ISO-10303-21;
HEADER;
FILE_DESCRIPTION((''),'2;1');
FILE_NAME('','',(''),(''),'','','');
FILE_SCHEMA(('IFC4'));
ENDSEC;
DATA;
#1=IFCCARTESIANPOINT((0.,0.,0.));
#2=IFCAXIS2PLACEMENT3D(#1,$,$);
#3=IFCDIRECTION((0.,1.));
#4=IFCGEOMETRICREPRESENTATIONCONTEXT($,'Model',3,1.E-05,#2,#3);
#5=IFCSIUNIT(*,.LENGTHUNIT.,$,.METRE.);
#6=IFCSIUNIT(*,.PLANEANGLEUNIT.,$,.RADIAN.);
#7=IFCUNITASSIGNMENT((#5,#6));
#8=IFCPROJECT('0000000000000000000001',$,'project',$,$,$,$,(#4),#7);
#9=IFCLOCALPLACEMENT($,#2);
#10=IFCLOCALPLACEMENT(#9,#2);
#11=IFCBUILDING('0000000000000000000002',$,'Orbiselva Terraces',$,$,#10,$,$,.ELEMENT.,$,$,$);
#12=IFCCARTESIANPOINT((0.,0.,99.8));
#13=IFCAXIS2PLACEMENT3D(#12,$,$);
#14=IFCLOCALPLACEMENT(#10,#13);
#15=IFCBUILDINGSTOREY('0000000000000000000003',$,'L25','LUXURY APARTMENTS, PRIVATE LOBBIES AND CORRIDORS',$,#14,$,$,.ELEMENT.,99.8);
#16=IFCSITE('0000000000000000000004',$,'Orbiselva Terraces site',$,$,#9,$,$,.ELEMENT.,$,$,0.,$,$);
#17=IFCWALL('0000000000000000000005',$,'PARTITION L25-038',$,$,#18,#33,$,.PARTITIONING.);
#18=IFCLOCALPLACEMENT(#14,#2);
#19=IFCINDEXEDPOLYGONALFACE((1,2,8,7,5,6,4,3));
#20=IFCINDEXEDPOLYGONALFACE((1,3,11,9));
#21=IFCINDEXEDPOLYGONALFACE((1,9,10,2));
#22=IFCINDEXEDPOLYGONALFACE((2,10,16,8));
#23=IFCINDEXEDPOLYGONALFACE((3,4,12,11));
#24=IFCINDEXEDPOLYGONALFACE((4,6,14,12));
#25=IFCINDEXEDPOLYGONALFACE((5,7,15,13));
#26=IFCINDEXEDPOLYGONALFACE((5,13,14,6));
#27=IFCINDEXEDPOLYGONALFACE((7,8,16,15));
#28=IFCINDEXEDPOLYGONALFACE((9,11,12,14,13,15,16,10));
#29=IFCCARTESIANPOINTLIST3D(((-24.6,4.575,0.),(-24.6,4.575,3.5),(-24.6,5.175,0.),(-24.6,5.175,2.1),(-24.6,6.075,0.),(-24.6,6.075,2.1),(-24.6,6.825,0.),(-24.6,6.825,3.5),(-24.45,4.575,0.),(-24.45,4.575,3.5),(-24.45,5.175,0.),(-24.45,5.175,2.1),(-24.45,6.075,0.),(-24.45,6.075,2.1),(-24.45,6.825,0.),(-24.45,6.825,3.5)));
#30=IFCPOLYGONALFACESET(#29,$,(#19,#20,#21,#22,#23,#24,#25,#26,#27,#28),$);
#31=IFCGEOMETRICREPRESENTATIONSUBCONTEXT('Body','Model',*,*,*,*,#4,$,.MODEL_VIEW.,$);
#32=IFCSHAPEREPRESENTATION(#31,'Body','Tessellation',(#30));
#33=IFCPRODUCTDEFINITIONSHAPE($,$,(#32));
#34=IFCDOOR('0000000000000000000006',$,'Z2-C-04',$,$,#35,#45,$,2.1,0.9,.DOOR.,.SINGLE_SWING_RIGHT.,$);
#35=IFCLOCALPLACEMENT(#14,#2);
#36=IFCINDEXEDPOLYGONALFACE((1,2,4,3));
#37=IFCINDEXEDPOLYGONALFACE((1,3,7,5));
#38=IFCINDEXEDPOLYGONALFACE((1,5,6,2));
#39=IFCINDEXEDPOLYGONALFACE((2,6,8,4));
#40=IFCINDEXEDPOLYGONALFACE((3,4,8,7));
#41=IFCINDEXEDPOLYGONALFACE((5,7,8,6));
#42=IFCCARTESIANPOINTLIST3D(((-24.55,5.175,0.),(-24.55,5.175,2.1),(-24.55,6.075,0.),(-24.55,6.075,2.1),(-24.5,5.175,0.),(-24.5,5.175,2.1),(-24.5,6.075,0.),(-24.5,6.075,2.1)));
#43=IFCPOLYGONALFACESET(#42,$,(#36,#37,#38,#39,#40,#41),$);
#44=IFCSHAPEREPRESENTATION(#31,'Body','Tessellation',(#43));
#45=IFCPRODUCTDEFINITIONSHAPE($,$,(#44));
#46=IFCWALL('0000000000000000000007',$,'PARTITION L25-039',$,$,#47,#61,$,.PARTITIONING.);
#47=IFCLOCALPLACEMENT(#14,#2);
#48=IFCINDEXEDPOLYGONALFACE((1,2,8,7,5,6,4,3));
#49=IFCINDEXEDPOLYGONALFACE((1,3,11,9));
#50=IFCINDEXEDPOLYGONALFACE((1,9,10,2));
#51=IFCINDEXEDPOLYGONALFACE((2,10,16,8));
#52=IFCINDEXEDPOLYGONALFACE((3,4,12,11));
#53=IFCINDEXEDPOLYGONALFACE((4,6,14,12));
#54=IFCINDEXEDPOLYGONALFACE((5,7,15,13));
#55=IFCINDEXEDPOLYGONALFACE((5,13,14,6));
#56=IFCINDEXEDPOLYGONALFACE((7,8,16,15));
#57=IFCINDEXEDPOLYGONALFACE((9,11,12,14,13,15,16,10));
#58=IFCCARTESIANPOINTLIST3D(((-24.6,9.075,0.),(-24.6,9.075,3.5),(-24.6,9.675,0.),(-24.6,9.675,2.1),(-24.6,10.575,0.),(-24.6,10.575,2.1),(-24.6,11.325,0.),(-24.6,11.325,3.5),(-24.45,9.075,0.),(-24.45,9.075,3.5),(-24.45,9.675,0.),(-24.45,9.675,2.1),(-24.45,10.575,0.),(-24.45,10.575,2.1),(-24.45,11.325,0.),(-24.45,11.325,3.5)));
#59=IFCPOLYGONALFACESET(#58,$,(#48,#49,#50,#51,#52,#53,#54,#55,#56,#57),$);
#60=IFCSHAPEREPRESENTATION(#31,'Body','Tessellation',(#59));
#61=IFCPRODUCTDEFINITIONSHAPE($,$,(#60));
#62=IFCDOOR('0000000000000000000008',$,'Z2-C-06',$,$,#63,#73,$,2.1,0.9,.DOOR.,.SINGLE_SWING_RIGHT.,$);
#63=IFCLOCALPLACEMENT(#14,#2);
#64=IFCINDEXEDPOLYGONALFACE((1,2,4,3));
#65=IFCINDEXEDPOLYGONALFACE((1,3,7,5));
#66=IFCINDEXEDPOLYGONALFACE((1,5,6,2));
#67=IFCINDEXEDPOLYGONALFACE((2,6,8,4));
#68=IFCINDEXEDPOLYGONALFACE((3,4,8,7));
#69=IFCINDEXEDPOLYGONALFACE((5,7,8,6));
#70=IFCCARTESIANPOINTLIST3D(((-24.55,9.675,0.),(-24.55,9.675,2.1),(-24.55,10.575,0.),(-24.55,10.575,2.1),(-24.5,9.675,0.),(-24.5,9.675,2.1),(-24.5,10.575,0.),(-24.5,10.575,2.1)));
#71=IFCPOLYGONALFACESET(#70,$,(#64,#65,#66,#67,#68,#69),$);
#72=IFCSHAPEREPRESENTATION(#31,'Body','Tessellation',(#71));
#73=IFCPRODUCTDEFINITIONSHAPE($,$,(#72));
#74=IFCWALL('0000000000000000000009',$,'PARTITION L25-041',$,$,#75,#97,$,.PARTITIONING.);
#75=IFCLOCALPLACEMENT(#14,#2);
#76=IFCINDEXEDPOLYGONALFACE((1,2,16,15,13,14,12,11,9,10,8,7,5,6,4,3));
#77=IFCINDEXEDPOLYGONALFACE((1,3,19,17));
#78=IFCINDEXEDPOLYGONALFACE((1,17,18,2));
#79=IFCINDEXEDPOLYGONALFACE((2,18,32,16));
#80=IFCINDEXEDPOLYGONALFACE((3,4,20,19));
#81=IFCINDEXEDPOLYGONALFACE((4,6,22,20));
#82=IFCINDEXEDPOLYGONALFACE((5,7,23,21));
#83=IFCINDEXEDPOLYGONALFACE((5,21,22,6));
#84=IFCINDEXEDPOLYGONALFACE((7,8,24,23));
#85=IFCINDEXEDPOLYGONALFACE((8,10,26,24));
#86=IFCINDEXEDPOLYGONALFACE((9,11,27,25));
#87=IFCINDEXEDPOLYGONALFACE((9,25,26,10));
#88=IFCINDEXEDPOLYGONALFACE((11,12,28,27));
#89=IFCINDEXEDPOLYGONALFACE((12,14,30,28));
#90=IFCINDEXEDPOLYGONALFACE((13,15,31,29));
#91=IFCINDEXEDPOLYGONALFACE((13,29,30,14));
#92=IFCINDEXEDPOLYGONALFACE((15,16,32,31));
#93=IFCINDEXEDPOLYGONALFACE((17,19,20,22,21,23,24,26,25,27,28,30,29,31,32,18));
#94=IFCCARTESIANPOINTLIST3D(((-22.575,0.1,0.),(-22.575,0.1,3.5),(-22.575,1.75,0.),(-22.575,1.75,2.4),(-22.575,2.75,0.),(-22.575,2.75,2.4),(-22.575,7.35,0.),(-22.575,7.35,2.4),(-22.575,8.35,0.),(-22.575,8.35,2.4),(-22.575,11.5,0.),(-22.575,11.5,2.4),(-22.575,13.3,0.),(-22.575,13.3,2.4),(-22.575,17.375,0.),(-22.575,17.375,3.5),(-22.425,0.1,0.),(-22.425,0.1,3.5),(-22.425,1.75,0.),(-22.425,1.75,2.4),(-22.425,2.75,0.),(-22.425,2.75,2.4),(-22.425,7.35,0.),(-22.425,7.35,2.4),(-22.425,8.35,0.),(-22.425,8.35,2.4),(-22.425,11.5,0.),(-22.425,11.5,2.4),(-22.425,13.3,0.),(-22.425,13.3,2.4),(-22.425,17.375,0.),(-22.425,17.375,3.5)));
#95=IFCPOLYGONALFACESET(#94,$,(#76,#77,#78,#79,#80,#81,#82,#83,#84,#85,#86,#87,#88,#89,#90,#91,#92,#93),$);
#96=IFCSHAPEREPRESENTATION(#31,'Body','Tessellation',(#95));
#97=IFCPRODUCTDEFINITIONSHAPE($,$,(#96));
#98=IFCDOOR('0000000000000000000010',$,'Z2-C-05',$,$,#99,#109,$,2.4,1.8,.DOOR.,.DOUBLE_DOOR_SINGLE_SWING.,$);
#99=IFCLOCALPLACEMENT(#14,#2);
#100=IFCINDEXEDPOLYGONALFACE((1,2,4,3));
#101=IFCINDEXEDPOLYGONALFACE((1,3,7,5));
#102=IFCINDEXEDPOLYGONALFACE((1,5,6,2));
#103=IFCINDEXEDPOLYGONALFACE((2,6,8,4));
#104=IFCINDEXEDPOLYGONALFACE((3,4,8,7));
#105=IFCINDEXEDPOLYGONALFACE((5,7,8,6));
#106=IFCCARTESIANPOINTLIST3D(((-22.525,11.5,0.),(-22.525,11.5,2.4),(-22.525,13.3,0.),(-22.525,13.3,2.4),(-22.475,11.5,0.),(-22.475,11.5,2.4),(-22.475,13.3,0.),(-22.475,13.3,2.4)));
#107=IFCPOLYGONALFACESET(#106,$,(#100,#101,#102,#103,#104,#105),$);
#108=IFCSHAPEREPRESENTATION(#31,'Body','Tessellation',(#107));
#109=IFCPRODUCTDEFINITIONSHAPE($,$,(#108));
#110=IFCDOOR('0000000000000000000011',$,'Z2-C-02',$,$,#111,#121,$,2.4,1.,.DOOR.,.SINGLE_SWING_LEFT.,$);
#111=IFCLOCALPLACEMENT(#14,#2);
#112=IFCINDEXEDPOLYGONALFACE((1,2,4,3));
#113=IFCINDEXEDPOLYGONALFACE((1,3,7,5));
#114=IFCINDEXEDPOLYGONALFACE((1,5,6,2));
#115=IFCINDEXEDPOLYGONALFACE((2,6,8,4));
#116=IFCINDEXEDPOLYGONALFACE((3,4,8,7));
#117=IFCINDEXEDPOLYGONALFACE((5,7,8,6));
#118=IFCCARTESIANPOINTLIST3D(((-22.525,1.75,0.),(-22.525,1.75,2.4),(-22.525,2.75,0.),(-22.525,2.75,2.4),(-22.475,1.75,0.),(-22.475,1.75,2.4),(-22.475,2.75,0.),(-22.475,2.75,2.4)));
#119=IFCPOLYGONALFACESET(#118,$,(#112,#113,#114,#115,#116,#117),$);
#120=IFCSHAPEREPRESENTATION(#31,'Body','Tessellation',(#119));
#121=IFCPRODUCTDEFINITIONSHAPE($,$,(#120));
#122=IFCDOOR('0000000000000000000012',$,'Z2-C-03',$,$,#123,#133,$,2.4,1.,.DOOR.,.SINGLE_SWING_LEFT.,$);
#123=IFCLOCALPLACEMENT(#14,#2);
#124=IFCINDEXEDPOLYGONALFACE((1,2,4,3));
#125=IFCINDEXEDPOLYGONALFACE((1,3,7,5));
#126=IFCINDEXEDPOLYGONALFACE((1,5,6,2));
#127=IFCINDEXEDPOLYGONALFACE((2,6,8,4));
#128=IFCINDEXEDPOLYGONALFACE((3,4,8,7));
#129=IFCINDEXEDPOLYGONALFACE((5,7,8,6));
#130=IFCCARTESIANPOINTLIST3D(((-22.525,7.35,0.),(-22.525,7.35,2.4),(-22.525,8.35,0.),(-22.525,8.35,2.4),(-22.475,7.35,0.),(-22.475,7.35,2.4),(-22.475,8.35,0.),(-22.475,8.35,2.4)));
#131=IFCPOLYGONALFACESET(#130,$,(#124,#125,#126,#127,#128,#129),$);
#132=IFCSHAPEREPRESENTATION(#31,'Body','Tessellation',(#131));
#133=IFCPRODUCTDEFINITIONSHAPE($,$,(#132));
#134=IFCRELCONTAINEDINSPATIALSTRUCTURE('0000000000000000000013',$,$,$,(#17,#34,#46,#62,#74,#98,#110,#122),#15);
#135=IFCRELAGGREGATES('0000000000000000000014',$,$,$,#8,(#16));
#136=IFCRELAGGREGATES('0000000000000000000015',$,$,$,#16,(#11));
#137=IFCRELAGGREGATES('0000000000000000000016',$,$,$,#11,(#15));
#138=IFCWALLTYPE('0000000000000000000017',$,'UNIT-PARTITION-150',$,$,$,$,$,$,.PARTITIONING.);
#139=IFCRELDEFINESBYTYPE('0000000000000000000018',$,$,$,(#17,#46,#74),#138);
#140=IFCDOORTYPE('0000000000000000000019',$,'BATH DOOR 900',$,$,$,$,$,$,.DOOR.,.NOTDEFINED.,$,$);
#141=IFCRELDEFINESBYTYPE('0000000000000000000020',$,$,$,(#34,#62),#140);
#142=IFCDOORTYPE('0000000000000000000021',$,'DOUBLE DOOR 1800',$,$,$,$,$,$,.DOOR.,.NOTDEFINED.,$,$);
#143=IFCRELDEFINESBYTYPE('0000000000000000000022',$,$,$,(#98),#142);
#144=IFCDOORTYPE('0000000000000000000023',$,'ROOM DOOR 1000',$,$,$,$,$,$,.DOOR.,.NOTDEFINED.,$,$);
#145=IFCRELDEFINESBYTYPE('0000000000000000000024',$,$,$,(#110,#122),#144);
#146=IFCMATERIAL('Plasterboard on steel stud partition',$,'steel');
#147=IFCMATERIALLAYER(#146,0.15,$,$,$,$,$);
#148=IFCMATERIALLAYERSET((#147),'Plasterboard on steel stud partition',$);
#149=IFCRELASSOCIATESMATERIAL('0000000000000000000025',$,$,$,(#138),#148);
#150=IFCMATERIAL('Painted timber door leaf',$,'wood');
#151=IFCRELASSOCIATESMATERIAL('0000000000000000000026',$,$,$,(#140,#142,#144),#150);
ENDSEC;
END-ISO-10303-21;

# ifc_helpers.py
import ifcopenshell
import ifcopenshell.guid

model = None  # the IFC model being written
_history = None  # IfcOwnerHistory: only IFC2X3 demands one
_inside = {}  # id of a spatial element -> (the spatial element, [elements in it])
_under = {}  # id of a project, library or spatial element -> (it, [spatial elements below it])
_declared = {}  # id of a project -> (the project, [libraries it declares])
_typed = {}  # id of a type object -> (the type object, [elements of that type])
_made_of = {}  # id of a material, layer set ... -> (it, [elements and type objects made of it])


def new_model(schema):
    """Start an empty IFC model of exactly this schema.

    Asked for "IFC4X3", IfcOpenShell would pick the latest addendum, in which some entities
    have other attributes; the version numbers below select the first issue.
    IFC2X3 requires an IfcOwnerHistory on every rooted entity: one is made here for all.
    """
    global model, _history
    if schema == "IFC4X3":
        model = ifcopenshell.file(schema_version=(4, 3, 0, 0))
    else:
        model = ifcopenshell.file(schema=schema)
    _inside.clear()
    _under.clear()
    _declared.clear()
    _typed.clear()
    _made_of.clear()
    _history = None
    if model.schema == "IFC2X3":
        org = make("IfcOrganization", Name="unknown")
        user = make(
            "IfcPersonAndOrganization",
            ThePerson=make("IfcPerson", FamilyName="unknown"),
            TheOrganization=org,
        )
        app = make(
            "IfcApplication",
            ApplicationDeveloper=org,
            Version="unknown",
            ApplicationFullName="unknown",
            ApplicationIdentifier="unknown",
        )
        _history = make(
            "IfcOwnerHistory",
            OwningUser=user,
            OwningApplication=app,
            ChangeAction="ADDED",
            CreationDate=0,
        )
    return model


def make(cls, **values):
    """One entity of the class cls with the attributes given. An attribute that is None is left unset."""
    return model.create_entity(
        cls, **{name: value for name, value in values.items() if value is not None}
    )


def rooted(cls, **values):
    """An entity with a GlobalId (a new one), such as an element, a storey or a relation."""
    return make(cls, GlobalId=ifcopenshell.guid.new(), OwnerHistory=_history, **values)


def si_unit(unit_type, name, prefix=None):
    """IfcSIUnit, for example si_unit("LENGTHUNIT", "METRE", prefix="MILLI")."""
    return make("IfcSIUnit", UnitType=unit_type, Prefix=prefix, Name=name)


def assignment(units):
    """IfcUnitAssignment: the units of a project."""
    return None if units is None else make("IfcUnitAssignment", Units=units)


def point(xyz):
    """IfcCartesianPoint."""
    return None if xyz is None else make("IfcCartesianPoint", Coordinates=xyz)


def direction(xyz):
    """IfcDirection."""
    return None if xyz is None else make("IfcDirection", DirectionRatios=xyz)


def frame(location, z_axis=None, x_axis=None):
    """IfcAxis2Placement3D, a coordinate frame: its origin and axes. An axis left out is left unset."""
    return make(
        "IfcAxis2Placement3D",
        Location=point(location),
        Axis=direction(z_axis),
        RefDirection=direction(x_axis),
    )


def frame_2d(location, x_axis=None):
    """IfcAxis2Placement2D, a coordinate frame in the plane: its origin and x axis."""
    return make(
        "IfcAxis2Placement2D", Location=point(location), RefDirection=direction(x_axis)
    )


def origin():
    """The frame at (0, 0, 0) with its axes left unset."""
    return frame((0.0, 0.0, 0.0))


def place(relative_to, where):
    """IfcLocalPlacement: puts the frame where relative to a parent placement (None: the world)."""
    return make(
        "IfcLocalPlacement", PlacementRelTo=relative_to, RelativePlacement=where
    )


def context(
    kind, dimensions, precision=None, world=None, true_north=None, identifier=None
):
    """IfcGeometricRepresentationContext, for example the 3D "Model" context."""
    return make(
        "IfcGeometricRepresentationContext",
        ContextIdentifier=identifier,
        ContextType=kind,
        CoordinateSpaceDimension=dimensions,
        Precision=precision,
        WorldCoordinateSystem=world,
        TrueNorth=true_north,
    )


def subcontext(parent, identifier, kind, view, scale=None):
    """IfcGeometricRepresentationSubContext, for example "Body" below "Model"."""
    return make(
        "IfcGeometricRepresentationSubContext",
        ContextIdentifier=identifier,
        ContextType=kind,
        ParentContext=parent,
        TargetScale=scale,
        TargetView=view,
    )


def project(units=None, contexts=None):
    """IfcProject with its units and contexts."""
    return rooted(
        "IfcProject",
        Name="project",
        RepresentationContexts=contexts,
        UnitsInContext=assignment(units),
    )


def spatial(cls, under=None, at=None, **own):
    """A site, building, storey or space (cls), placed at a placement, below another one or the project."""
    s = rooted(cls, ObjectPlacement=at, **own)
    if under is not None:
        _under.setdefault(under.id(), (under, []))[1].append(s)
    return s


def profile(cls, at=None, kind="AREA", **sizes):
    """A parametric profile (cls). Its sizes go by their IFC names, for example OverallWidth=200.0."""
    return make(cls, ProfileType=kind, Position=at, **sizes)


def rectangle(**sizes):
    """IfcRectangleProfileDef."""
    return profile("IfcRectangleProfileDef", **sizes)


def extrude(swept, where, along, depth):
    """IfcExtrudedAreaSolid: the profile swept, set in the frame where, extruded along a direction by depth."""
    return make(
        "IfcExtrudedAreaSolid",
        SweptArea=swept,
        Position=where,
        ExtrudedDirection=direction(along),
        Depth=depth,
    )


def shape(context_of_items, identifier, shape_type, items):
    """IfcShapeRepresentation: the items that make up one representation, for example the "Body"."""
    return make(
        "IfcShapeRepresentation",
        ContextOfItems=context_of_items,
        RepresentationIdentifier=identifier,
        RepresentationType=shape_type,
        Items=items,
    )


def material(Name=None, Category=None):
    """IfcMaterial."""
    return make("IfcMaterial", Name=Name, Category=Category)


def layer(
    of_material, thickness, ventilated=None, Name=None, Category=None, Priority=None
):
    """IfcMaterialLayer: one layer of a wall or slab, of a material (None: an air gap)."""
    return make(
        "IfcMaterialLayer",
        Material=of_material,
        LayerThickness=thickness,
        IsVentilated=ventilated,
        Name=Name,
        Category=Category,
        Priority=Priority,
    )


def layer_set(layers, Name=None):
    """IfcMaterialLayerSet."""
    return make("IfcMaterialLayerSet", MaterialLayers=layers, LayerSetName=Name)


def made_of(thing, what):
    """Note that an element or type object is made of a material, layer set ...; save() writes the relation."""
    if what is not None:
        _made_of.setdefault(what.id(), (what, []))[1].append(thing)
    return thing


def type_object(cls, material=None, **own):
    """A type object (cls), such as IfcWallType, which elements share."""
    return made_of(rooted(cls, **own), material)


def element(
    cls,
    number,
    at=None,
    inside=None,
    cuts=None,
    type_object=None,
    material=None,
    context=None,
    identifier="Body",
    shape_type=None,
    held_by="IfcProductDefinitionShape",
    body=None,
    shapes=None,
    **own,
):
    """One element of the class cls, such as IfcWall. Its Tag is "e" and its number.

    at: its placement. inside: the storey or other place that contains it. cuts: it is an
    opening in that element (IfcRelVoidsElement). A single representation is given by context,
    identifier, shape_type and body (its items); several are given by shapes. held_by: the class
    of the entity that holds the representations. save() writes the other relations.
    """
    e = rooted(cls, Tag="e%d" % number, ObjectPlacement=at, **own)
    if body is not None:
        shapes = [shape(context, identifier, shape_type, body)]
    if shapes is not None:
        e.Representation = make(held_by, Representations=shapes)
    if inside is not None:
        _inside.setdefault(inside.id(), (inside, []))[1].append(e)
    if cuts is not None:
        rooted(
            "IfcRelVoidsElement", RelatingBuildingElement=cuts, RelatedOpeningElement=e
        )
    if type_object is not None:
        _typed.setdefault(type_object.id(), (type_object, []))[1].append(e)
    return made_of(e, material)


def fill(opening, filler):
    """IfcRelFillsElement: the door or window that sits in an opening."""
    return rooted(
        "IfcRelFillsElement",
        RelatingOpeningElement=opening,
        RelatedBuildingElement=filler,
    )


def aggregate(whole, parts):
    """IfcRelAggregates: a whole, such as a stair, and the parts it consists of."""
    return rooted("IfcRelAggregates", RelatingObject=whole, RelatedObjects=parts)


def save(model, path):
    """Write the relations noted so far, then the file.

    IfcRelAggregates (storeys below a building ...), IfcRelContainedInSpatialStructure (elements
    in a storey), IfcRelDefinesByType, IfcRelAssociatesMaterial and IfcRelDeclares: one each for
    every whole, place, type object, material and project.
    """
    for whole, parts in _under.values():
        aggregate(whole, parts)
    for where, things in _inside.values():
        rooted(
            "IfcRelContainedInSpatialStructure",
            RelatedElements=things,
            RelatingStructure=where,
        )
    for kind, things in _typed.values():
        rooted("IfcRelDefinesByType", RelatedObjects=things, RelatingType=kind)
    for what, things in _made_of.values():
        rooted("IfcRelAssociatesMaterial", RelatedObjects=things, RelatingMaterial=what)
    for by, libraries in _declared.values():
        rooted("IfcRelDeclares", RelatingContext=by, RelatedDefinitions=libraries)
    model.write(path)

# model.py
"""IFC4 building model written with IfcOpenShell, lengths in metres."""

from ifc_helpers import new_model, si_unit, direction, frame, frame_2d, origin, place, context, subcontext, project, spatial, rectangle, extrude, material, layer, layer_set, type_object, element, fill, save


model = new_model("IFC4")

# Units and contexts
model_context = context("Model", 3, precision=1e-05, world=origin(), true_north=direction((0.0, 1.0)))
body_context = subcontext(model_context, "Body", "Model", "MODEL_VIEW")
ifc_project = project(units=[si_unit("LENGTHUNIT", "METRE"), si_unit("PLANEANGLEUNIT", "RADIAN")], contexts=[model_context])

# Site, building, storey
site_placement = place(None, origin())
site = spatial("IfcSite", under=ifc_project, at=site_placement, Name="Orbiselva Terraces site", CompositionType="ELEMENT", RefElevation=0.0)
building_placement = place(site_placement, origin())
building = spatial("IfcBuilding", under=site, at=building_placement, Name="Orbiselva Terraces", CompositionType="ELEMENT")
storey_placement = place(building_placement, frame((0.0, 0.0, 99.8)))
storey = spatial("IfcBuildingStorey", under=building, at=storey_placement, Name="L25", Description="LUXURY APARTMENTS, PRIVATE LOBBIES AND CORRIDORS", CompositionType="ELEMENT", Elevation=99.8)

# Shared definitions
ifc_material_1 = material(Name="Plasterboard on steel stud partition", Category="steel")
ifc_layer_1 = layer(ifc_material_1, 0.15)
ifc_layer_set_1 = layer_set([ifc_layer_1], Name="Plasterboard on steel stud partition")
wall_type_1 = type_object("IfcWallType", Name="UNIT-PARTITION-150", PredefinedType="PARTITIONING", material=ifc_layer_set_1)

# Walls, openings, doors
wall_1_placement = place(storey_placement, frame((-24.525, 6.825, 0.0), z_axis=(0.0, 0.0, 1.0), x_axis=(0.0, -1.0, 0.0)))
wall_1 = element("IfcWall", 1, at=wall_1_placement, inside=storey, type_object=wall_type_1, Name="PARTITION L25-038", PredefinedType="PARTITIONING", context=body_context, shape_type="SweptSolid", body=[
    extrude(rectangle(XDim=2.25, YDim=0.15, at=frame_2d((1.125, 0.0))), origin(), (0.0, 0.0, 1.0), 3.5),
])
opening_1_placement = place(wall_1_placement, frame((0.75, 0.0, 0.0)))
opening_1 = element("IfcOpeningElement", 2, at=opening_1_placement, cuts=wall_1, PredefinedType="OPENING", context=body_context, shape_type="SweptSolid", body=[
    extrude(rectangle(XDim=0.9, YDim=2.1, at=frame_2d((0.45, 1.05))), frame((0.0, 0.085, 0.0), z_axis=(0.0, -1.0, 0.0), x_axis=(1.0, 0.0, 0.0)), (0.0, 0.0, 1.0), 0.17),
])
ifc_material_2 = material(Name="Painted timber door leaf", Category="wood")
door_type_1 = type_object("IfcDoorType", Name="BATH DOOR 900", OperationType="NOTDEFINED", PredefinedType="DOOR", material=ifc_material_2)
door_1_placement = place(opening_1_placement, origin())
door_1 = element("IfcDoor", 3, at=door_1_placement, inside=storey, type_object=door_type_1, Name="Z2-C-04", OperationType="SINGLE_SWING_RIGHT", OverallHeight=2.1, OverallWidth=0.9, PredefinedType="DOOR", context=body_context, shape_type="SweptSolid", body=[
    extrude(rectangle(XDim=0.9, YDim=2.1, at=frame_2d((0.45, 1.05))), frame((0.0, 0.025, 0.0), z_axis=(0.0, -1.0, 0.0), x_axis=(1.0, 0.0, 0.0)), (0.0, 0.0, 1.0), 0.05),
])
fill(opening_1, door_1)
wall_2_placement = place(storey_placement, frame((-24.525, 11.325, 0.0), z_axis=(0.0, 0.0, 1.0), x_axis=(0.0, -1.0, 0.0)))
wall_2 = element("IfcWall", 4, at=wall_2_placement, inside=storey, type_object=wall_type_1, Name="PARTITION L25-039", PredefinedType="PARTITIONING", context=body_context, shape_type="SweptSolid", body=[
    extrude(rectangle(XDim=2.25, YDim=0.15, at=frame_2d((1.125, 0.0))), origin(), (0.0, 0.0, 1.0), 3.5),
])
opening_2_placement = place(wall_2_placement, frame((0.75, 0.0, 0.0)))
opening_2 = element("IfcOpeningElement", 5, at=opening_2_placement, cuts=wall_2, PredefinedType="OPENING", context=body_context, shape_type="SweptSolid", body=[
    extrude(rectangle(XDim=0.9, YDim=2.1, at=frame_2d((0.45, 1.05))), frame((0.0, 0.085, 0.0), z_axis=(0.0, -1.0, 0.0), x_axis=(1.0, 0.0, 0.0)), (0.0, 0.0, 1.0), 0.17),
])
door_2_placement = place(opening_2_placement, origin())
door_2 = element("IfcDoor", 6, at=door_2_placement, inside=storey, type_object=door_type_1, Name="Z2-C-06", OperationType="SINGLE_SWING_RIGHT", OverallHeight=2.1, OverallWidth=0.9, PredefinedType="DOOR", context=body_context, shape_type="SweptSolid", body=[
    extrude(rectangle(XDim=0.9, YDim=2.1, at=frame_2d((0.45, 1.05))), frame((0.0, 0.025, 0.0), z_axis=(0.0, -1.0, 0.0), x_axis=(1.0, 0.0, 0.0)), (0.0, 0.0, 1.0), 0.05),
])
fill(opening_2, door_2)

# Wall, openings, doors
wall_3_placement = place(storey_placement, frame((-22.5, 0.1, 0.0), z_axis=(0.0, 0.0, 1.0), x_axis=(0.0, 1.0, 0.0)))
wall_3 = element("IfcWall", 7, at=wall_3_placement, inside=storey, type_object=wall_type_1, Name="PARTITION L25-041", PredefinedType="PARTITIONING", context=body_context, shape_type="SweptSolid", body=[
    extrude(rectangle(XDim=17.275, YDim=0.15, at=frame_2d((8.6375, 0.0))), origin(), (0.0, 0.0, 1.0), 3.5),
])
opening_3_placement = place(wall_3_placement, frame((1.65, 0.0, 0.0)))
opening_3 = element("IfcOpeningElement", 8, at=opening_3_placement, cuts=wall_3, PredefinedType="OPENING", context=body_context, shape_type="SweptSolid", body=[
    extrude(rectangle(XDim=1.0, YDim=2.4, at=frame_2d((0.5, 1.2))), frame((0.0, 0.085, 0.0), z_axis=(0.0, -1.0, 0.0), x_axis=(1.0, 0.0, 0.0)), (0.0, 0.0, 1.0), 0.17),
])
opening_4_placement = place(wall_3_placement, frame((7.25, 0.0, 0.0)))
opening_4 = element("IfcOpeningElement", 9, at=opening_4_placement, cuts=wall_3, PredefinedType="OPENING", context=body_context, shape_type="SweptSolid", body=[
    extrude(rectangle(XDim=1.0, YDim=2.4, at=frame_2d((0.5, 1.2))), frame((0.0, 0.085, 0.0), z_axis=(0.0, -1.0, 0.0), x_axis=(1.0, 0.0, 0.0)), (0.0, 0.0, 1.0), 0.17),
])
opening_5_placement = place(wall_3_placement, frame((11.4, 0.0, 0.0)))
opening_5 = element("IfcOpeningElement", 10, at=opening_5_placement, cuts=wall_3, PredefinedType="OPENING", context=body_context, shape_type="SweptSolid", body=[
    extrude(rectangle(XDim=1.8, YDim=2.4, at=frame_2d((0.9, 1.2))), frame((0.0, 0.085, 0.0), z_axis=(0.0, -1.0, 0.0), x_axis=(1.0, 0.0, 0.0)), (0.0, 0.0, 1.0), 0.17),
])
door_type_2 = type_object("IfcDoorType", Name="DOUBLE DOOR 1800", OperationType="NOTDEFINED", PredefinedType="DOOR", material=ifc_material_2)
door_3_placement = place(opening_5_placement, origin())
door_3 = element("IfcDoor", 11, at=door_3_placement, inside=storey, type_object=door_type_2, Name="Z2-C-05", OperationType="DOUBLE_DOOR_SINGLE_SWING", OverallHeight=2.4, OverallWidth=1.8, PredefinedType="DOOR", context=body_context, shape_type="SweptSolid", body=[
    extrude(rectangle(XDim=1.8, YDim=2.4, at=frame_2d((0.9, 1.2))), frame((0.0, 0.025, 0.0), z_axis=(0.0, -1.0, 0.0), x_axis=(1.0, 0.0, 0.0)), (0.0, 0.0, 1.0), 0.05),
])
fill(opening_5, door_3)
door_type_3 = type_object("IfcDoorType", Name="ROOM DOOR 1000", OperationType="NOTDEFINED", PredefinedType="DOOR", material=ifc_material_2)
door_4_placement = place(opening_3_placement, origin())
door_4 = element("IfcDoor", 12, at=door_4_placement, inside=storey, type_object=door_type_3, Name="Z2-C-02", OperationType="SINGLE_SWING_LEFT", OverallHeight=2.4, OverallWidth=1.0, PredefinedType="DOOR", context=body_context, shape_type="SweptSolid", body=[
    extrude(rectangle(XDim=1.0, YDim=2.4, at=frame_2d((0.5, 1.2))), frame((0.0, 0.025, 0.0), z_axis=(0.0, -1.0, 0.0), x_axis=(1.0, 0.0, 0.0)), (0.0, 0.0, 1.0), 0.05),
])
fill(opening_3, door_4)
door_5_placement = place(opening_4_placement, origin())
door_5 = element("IfcDoor", 13, at=door_5_placement, inside=storey, type_object=door_type_3, Name="Z2-C-03", OperationType="SINGLE_SWING_LEFT", OverallHeight=2.4, OverallWidth=1.0, PredefinedType="DOOR", context=body_context, shape_type="SweptSolid", body=[
    extrude(rectangle(XDim=1.0, YDim=2.4, at=frame_2d((0.5, 1.2))), frame((0.0, 0.025, 0.0), z_axis=(0.0, -1.0, 0.0), x_axis=(1.0, 0.0, 0.0)), (0.0, 0.0, 1.0), 0.05),
])
fill(opening_4, door_5)

save(model, "model.ifc")
